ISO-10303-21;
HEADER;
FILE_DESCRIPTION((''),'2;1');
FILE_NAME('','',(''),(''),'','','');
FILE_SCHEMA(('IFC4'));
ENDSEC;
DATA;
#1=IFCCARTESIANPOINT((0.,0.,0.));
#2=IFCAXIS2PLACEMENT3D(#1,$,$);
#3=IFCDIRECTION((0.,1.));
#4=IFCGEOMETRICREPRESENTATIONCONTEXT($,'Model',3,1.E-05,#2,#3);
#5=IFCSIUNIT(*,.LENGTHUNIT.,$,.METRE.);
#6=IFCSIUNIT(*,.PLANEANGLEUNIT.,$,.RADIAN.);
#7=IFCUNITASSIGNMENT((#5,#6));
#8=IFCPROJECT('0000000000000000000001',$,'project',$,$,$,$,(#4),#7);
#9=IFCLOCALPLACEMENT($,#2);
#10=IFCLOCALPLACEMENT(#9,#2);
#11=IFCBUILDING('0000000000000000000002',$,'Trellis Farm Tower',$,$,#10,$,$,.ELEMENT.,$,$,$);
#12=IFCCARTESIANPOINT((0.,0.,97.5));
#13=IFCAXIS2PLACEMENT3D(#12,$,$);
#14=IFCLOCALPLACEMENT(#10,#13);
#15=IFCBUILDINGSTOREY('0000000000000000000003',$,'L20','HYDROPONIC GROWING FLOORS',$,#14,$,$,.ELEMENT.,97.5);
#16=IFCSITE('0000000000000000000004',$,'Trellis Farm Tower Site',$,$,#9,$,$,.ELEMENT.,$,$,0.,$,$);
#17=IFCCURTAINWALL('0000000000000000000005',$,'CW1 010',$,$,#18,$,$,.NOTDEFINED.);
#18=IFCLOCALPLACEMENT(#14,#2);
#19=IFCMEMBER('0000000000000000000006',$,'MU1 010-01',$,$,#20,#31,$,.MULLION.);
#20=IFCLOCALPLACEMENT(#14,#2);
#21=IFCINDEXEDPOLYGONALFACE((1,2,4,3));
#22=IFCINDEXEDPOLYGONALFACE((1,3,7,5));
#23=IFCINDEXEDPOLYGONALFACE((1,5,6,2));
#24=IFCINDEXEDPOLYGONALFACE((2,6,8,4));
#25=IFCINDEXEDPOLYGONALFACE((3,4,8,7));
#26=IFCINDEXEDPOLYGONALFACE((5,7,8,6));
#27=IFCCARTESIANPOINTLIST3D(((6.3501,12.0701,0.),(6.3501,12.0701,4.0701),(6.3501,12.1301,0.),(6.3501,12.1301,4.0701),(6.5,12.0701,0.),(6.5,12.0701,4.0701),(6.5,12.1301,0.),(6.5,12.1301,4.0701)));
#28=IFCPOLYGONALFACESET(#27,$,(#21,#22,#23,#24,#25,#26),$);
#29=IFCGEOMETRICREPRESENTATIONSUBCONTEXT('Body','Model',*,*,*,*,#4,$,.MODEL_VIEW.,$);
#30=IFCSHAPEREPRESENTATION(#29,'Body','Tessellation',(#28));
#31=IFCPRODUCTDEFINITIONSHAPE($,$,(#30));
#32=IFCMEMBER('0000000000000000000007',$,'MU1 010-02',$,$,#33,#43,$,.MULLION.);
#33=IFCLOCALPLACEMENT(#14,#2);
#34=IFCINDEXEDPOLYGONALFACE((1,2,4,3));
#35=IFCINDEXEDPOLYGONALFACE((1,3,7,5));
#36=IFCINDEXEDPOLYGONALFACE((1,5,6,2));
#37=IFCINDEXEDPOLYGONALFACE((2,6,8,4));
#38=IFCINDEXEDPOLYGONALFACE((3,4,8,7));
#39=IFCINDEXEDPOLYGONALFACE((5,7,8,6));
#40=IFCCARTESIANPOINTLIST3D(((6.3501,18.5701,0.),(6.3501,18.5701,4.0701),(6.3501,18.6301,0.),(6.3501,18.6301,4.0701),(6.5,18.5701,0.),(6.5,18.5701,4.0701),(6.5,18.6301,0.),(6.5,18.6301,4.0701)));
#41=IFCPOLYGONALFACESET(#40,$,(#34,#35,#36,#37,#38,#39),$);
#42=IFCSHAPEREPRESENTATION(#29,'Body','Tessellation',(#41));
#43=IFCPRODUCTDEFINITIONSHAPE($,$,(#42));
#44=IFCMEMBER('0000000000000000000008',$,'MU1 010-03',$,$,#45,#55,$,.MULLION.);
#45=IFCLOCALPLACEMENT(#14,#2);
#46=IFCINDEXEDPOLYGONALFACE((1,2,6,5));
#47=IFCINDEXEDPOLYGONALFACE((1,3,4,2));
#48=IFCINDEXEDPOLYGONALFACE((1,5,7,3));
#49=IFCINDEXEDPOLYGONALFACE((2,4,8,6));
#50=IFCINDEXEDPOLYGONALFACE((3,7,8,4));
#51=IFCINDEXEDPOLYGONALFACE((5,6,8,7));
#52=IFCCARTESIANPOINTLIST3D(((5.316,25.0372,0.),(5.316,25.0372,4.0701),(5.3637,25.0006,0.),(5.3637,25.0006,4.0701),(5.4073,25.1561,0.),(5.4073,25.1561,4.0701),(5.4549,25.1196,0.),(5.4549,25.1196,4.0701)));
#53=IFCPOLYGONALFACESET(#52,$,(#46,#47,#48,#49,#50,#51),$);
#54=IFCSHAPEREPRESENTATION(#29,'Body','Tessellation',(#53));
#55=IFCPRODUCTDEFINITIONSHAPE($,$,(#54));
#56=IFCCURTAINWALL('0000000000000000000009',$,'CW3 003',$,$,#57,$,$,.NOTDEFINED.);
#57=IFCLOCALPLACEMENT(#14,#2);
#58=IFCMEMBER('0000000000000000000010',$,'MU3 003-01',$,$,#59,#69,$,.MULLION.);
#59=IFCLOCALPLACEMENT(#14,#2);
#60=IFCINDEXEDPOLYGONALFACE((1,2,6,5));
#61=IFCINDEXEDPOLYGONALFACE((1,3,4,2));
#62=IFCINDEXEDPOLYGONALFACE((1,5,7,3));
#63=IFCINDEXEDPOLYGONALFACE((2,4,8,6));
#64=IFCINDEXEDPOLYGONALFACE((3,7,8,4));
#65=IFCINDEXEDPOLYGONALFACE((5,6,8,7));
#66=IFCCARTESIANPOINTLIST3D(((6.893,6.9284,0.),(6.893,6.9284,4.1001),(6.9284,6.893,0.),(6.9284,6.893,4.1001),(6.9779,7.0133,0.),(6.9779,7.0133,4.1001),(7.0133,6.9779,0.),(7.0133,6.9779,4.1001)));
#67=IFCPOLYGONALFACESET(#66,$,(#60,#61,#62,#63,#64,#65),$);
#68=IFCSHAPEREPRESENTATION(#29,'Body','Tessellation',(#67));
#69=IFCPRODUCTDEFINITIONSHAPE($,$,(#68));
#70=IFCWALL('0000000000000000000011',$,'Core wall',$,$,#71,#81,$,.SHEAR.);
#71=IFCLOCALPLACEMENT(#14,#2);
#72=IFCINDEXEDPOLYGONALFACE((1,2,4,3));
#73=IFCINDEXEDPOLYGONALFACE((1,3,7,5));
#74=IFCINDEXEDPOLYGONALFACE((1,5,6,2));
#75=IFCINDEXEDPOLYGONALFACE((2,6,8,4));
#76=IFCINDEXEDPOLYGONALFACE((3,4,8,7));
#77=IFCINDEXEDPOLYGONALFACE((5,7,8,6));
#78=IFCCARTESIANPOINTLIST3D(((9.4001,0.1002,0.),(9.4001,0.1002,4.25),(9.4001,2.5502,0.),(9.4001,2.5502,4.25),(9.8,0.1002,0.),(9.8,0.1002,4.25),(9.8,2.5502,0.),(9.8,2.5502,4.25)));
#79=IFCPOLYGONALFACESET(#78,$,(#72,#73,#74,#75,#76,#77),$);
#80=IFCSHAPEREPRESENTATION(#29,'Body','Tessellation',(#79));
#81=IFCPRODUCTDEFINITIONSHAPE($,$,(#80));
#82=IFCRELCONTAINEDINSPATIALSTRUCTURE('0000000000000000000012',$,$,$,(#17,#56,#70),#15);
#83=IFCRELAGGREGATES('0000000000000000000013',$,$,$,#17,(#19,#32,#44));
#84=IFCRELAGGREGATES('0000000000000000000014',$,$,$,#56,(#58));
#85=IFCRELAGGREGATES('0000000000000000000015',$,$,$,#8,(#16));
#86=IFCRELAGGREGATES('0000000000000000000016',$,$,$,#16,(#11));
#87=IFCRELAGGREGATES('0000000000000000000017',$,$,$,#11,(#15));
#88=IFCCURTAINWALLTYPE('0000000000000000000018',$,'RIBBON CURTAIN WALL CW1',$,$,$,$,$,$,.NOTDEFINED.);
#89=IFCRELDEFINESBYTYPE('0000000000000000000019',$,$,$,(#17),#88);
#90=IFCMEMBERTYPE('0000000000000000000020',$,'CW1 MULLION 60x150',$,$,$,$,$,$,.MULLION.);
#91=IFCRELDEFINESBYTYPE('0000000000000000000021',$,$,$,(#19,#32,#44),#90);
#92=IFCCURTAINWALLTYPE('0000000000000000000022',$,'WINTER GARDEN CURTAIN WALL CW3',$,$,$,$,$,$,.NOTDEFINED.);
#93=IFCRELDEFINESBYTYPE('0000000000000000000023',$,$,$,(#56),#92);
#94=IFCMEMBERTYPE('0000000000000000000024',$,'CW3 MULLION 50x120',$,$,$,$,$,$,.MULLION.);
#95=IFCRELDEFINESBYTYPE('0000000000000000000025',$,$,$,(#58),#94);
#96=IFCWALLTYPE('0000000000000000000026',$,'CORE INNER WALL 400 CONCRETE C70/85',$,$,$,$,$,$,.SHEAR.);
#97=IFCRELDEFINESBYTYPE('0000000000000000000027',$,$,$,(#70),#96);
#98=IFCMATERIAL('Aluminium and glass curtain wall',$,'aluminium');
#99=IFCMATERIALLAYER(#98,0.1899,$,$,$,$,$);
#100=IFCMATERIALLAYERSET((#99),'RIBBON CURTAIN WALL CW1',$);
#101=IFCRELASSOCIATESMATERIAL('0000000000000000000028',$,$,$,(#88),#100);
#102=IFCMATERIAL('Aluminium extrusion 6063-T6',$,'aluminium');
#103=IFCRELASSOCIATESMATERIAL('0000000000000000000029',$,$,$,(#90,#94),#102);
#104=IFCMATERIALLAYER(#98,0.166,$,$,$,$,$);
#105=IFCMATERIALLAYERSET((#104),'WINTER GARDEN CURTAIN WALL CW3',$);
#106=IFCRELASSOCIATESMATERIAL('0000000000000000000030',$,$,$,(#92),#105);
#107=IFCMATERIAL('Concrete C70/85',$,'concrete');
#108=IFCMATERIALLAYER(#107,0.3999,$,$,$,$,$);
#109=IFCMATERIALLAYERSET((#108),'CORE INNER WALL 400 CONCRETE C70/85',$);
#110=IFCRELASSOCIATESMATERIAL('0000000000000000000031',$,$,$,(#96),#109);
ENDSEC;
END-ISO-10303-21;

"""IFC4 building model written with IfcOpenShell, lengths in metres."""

from ifc_helpers import new_model, si_unit, direction, frame, frame_2d, origin, origin_2d, place, context, subcontext, project, spatial, rectangle, extrude, source, transform, mapped, material, layer, layer_set, material_profile, profile_set, type_object, element, aggregate, save


model = new_model("IFC4")

# Units and contexts
model_context = context("Model", 3, precision=1e-05, world=origin(), true_north=direction((0.0, 1.0)))
body_context = subcontext(model_context, "Body", "Model", "MODEL_VIEW")
ifc_project = project(units=[si_unit("LENGTHUNIT", "METRE"), si_unit("PLANEANGLEUNIT", "RADIAN")], contexts=[model_context])

# Site, building, storey
site_placement = place(None, origin())
site = spatial("IfcSite", under=ifc_project, at=site_placement, Name="Trellis Farm Tower Site", CompositionType="ELEMENT", RefElevation=0.0)
building_placement = place(site_placement, origin())
building = spatial("IfcBuilding", under=site, at=building_placement, Name="Trellis Farm Tower", CompositionType="ELEMENT")
storey_placement = place(building_placement, frame((0.0, 0.0, 97.5)))
storey = spatial("IfcBuildingStorey", under=building, at=storey_placement, Name="L20", Description="HYDROPONIC GROWING FLOORS", CompositionType="ELEMENT", Elevation=97.5)

# Curtain wall, members
ifc_material_1 = material(Name="Aluminium and glass curtain wall", Category="aluminium")
ifc_layer_1 = layer(ifc_material_1, 0.1899)
ifc_layer_set_1 = layer_set([ifc_layer_1], Name="RIBBON CURTAIN WALL CW1")
curtain_wall_type_1 = type_object("IfcCurtainWallType", Name="RIBBON CURTAIN WALL CW1", PredefinedType="NOTDEFINED", material=ifc_layer_set_1)
placement = place(storey_placement, origin())
curtain_wall_1 = element("IfcCurtainWall", 1, at=placement, inside=storey, type_object=curtain_wall_type_1, Name="CW1 010", PredefinedType="NOTDEFINED")
ifc_material_2 = material(Name="Aluminium extrusion 6063-T6", Category="aluminium")
ifc_material_profile_1 = material_profile(ifc_material_2, rectangle(XDim=0.0601, YDim=0.1499, at=origin_2d()), Name="MULLION 60x150")
ifc_profile_set_1 = profile_set([ifc_material_profile_1], Name="Aluminium extrusion 6063-T6")
member_type_1 = type_object("IfcMemberType", Name="CW1 MULLION 60x150", PredefinedType="MULLION", material=ifc_profile_set_1)
shared_shape_1 = source(origin(), body_context, "Body", "SweptSolid", [
    extrude(rectangle(XDim=0.0601, YDim=0.1499, at=origin_2d()), origin(), (0.0, 0.0, 1.0), 4.0701),
])
member_1_placement = place(storey_placement, frame((6.425, 12.1001, 0.0), z_axis=(0.0, 0.0, 1.0), x_axis=(0.0, 1.0, 0.0)))
member_1 = element("IfcMember", 2, at=member_1_placement, type_object=member_type_1, Name="MU1 010-01", PredefinedType="MULLION", context=body_context, shape_type="MappedRepresentation", body=[
    mapped(shared_shape_1, transform((0.0, 0.0, 0.0))),
])
member_2_placement = place(storey_placement, frame((6.425, 18.6001, 0.0), z_axis=(0.0, 0.0, 1.0), x_axis=(0.0, 1.0, 0.0)))
member_2 = element("IfcMember", 3, at=member_2_placement, type_object=member_type_1, Name="MU1 010-02", PredefinedType="MULLION", context=body_context, shape_type="MappedRepresentation", body=[
    mapped(shared_shape_1, transform((0.0, 0.0, 0.0))),
])
member_3_placement = place(storey_placement, frame((5.3855, 25.0784, 0.0), z_axis=(0.0, 0.0, 1.0), x_axis=(-0.793353, 0.608761, 0.0)))
member_3 = element("IfcMember", 4, at=member_3_placement, type_object=member_type_1, Name="MU1 010-03", PredefinedType="MULLION", context=body_context, shape_type="MappedRepresentation", body=[
    mapped(shared_shape_1, transform((0.0, 0.0, 0.0))),
])
aggregate(curtain_wall_1, [member_1, member_2, member_3])

# Curtain wall, member
ifc_layer_2 = layer(ifc_material_1, 0.166)
ifc_layer_set_2 = layer_set([ifc_layer_2], Name="WINTER GARDEN CURTAIN WALL CW3")
curtain_wall_type_2 = type_object("IfcCurtainWallType", Name="WINTER GARDEN CURTAIN WALL CW3", PredefinedType="NOTDEFINED", material=ifc_layer_set_2)
curtain_wall_2 = element("IfcCurtainWall", 5, at=placement, inside=storey, type_object=curtain_wall_type_2, Name="CW3 003", PredefinedType="NOTDEFINED")
ifc_material_profile_2 = material_profile(ifc_material_2, rectangle(XDim=0.05, YDim=0.1201, at=origin_2d()), Name="MULLION 50x120")
ifc_profile_set_2 = profile_set([ifc_material_profile_2], Name="Aluminium extrusion 6063-T6")
member_type_2 = type_object("IfcMemberType", Name="CW3 MULLION 50x120", PredefinedType="MULLION", material=ifc_profile_set_2)
shared_shape_2 = source(origin(), body_context, "Body", "SweptSolid", [
    extrude(rectangle(XDim=0.05, YDim=0.1201, at=origin_2d()), origin(), (0.0, 0.0, 1.0), 4.1001),
])
member_4_placement = place(storey_placement, frame((6.9531, 6.9531, 0.0), z_axis=(0.0, 0.0, 1.0), x_axis=(-0.707107, 0.707107, 0.0)))
member_4 = element("IfcMember", 6, at=member_4_placement, type_object=member_type_2, Name="MU3 003-01", PredefinedType="MULLION", context=body_context, shape_type="MappedRepresentation", body=[
    mapped(shared_shape_2, transform((0.0, 0.0, 0.0))),
])
aggregate(curtain_wall_2, [member_4])

# Wall
ifc_material_3 = material(Name="Concrete C70/85", Category="concrete")
ifc_layer_3 = layer(ifc_material_3, 0.3999)
ifc_layer_set_3 = layer_set([ifc_layer_3], Name="CORE INNER WALL 400 CONCRETE C70/85")
wall_type_1 = type_object("IfcWallType", Name="CORE INNER WALL 400 CONCRETE C70/85", PredefinedType="SHEAR", material=ifc_layer_set_3)
shared_shape_3 = source(origin(), body_context, "Body", "SweptSolid", [
    extrude(rectangle(XDim=2.45, YDim=0.3999, at=frame_2d((1.2251, 0.0))), origin(), (0.0, 0.0, 1.0), 4.25),
])
wall_1_placement = place(storey_placement, frame((9.6001, 0.1001, 0.0), z_axis=(0.0, 0.0, 1.0), x_axis=(0.0, 1.0, 0.0)))
element("IfcWall", 7, at=wall_1_placement, inside=storey, type_object=wall_type_1, Name="Core wall", PredefinedType="SHEAR", context=body_context, shape_type="MappedRepresentation", body=[
    mapped(shared_shape_3, transform((0.0, 0.0, 0.0))),
])

save(model, "model.ifc")
